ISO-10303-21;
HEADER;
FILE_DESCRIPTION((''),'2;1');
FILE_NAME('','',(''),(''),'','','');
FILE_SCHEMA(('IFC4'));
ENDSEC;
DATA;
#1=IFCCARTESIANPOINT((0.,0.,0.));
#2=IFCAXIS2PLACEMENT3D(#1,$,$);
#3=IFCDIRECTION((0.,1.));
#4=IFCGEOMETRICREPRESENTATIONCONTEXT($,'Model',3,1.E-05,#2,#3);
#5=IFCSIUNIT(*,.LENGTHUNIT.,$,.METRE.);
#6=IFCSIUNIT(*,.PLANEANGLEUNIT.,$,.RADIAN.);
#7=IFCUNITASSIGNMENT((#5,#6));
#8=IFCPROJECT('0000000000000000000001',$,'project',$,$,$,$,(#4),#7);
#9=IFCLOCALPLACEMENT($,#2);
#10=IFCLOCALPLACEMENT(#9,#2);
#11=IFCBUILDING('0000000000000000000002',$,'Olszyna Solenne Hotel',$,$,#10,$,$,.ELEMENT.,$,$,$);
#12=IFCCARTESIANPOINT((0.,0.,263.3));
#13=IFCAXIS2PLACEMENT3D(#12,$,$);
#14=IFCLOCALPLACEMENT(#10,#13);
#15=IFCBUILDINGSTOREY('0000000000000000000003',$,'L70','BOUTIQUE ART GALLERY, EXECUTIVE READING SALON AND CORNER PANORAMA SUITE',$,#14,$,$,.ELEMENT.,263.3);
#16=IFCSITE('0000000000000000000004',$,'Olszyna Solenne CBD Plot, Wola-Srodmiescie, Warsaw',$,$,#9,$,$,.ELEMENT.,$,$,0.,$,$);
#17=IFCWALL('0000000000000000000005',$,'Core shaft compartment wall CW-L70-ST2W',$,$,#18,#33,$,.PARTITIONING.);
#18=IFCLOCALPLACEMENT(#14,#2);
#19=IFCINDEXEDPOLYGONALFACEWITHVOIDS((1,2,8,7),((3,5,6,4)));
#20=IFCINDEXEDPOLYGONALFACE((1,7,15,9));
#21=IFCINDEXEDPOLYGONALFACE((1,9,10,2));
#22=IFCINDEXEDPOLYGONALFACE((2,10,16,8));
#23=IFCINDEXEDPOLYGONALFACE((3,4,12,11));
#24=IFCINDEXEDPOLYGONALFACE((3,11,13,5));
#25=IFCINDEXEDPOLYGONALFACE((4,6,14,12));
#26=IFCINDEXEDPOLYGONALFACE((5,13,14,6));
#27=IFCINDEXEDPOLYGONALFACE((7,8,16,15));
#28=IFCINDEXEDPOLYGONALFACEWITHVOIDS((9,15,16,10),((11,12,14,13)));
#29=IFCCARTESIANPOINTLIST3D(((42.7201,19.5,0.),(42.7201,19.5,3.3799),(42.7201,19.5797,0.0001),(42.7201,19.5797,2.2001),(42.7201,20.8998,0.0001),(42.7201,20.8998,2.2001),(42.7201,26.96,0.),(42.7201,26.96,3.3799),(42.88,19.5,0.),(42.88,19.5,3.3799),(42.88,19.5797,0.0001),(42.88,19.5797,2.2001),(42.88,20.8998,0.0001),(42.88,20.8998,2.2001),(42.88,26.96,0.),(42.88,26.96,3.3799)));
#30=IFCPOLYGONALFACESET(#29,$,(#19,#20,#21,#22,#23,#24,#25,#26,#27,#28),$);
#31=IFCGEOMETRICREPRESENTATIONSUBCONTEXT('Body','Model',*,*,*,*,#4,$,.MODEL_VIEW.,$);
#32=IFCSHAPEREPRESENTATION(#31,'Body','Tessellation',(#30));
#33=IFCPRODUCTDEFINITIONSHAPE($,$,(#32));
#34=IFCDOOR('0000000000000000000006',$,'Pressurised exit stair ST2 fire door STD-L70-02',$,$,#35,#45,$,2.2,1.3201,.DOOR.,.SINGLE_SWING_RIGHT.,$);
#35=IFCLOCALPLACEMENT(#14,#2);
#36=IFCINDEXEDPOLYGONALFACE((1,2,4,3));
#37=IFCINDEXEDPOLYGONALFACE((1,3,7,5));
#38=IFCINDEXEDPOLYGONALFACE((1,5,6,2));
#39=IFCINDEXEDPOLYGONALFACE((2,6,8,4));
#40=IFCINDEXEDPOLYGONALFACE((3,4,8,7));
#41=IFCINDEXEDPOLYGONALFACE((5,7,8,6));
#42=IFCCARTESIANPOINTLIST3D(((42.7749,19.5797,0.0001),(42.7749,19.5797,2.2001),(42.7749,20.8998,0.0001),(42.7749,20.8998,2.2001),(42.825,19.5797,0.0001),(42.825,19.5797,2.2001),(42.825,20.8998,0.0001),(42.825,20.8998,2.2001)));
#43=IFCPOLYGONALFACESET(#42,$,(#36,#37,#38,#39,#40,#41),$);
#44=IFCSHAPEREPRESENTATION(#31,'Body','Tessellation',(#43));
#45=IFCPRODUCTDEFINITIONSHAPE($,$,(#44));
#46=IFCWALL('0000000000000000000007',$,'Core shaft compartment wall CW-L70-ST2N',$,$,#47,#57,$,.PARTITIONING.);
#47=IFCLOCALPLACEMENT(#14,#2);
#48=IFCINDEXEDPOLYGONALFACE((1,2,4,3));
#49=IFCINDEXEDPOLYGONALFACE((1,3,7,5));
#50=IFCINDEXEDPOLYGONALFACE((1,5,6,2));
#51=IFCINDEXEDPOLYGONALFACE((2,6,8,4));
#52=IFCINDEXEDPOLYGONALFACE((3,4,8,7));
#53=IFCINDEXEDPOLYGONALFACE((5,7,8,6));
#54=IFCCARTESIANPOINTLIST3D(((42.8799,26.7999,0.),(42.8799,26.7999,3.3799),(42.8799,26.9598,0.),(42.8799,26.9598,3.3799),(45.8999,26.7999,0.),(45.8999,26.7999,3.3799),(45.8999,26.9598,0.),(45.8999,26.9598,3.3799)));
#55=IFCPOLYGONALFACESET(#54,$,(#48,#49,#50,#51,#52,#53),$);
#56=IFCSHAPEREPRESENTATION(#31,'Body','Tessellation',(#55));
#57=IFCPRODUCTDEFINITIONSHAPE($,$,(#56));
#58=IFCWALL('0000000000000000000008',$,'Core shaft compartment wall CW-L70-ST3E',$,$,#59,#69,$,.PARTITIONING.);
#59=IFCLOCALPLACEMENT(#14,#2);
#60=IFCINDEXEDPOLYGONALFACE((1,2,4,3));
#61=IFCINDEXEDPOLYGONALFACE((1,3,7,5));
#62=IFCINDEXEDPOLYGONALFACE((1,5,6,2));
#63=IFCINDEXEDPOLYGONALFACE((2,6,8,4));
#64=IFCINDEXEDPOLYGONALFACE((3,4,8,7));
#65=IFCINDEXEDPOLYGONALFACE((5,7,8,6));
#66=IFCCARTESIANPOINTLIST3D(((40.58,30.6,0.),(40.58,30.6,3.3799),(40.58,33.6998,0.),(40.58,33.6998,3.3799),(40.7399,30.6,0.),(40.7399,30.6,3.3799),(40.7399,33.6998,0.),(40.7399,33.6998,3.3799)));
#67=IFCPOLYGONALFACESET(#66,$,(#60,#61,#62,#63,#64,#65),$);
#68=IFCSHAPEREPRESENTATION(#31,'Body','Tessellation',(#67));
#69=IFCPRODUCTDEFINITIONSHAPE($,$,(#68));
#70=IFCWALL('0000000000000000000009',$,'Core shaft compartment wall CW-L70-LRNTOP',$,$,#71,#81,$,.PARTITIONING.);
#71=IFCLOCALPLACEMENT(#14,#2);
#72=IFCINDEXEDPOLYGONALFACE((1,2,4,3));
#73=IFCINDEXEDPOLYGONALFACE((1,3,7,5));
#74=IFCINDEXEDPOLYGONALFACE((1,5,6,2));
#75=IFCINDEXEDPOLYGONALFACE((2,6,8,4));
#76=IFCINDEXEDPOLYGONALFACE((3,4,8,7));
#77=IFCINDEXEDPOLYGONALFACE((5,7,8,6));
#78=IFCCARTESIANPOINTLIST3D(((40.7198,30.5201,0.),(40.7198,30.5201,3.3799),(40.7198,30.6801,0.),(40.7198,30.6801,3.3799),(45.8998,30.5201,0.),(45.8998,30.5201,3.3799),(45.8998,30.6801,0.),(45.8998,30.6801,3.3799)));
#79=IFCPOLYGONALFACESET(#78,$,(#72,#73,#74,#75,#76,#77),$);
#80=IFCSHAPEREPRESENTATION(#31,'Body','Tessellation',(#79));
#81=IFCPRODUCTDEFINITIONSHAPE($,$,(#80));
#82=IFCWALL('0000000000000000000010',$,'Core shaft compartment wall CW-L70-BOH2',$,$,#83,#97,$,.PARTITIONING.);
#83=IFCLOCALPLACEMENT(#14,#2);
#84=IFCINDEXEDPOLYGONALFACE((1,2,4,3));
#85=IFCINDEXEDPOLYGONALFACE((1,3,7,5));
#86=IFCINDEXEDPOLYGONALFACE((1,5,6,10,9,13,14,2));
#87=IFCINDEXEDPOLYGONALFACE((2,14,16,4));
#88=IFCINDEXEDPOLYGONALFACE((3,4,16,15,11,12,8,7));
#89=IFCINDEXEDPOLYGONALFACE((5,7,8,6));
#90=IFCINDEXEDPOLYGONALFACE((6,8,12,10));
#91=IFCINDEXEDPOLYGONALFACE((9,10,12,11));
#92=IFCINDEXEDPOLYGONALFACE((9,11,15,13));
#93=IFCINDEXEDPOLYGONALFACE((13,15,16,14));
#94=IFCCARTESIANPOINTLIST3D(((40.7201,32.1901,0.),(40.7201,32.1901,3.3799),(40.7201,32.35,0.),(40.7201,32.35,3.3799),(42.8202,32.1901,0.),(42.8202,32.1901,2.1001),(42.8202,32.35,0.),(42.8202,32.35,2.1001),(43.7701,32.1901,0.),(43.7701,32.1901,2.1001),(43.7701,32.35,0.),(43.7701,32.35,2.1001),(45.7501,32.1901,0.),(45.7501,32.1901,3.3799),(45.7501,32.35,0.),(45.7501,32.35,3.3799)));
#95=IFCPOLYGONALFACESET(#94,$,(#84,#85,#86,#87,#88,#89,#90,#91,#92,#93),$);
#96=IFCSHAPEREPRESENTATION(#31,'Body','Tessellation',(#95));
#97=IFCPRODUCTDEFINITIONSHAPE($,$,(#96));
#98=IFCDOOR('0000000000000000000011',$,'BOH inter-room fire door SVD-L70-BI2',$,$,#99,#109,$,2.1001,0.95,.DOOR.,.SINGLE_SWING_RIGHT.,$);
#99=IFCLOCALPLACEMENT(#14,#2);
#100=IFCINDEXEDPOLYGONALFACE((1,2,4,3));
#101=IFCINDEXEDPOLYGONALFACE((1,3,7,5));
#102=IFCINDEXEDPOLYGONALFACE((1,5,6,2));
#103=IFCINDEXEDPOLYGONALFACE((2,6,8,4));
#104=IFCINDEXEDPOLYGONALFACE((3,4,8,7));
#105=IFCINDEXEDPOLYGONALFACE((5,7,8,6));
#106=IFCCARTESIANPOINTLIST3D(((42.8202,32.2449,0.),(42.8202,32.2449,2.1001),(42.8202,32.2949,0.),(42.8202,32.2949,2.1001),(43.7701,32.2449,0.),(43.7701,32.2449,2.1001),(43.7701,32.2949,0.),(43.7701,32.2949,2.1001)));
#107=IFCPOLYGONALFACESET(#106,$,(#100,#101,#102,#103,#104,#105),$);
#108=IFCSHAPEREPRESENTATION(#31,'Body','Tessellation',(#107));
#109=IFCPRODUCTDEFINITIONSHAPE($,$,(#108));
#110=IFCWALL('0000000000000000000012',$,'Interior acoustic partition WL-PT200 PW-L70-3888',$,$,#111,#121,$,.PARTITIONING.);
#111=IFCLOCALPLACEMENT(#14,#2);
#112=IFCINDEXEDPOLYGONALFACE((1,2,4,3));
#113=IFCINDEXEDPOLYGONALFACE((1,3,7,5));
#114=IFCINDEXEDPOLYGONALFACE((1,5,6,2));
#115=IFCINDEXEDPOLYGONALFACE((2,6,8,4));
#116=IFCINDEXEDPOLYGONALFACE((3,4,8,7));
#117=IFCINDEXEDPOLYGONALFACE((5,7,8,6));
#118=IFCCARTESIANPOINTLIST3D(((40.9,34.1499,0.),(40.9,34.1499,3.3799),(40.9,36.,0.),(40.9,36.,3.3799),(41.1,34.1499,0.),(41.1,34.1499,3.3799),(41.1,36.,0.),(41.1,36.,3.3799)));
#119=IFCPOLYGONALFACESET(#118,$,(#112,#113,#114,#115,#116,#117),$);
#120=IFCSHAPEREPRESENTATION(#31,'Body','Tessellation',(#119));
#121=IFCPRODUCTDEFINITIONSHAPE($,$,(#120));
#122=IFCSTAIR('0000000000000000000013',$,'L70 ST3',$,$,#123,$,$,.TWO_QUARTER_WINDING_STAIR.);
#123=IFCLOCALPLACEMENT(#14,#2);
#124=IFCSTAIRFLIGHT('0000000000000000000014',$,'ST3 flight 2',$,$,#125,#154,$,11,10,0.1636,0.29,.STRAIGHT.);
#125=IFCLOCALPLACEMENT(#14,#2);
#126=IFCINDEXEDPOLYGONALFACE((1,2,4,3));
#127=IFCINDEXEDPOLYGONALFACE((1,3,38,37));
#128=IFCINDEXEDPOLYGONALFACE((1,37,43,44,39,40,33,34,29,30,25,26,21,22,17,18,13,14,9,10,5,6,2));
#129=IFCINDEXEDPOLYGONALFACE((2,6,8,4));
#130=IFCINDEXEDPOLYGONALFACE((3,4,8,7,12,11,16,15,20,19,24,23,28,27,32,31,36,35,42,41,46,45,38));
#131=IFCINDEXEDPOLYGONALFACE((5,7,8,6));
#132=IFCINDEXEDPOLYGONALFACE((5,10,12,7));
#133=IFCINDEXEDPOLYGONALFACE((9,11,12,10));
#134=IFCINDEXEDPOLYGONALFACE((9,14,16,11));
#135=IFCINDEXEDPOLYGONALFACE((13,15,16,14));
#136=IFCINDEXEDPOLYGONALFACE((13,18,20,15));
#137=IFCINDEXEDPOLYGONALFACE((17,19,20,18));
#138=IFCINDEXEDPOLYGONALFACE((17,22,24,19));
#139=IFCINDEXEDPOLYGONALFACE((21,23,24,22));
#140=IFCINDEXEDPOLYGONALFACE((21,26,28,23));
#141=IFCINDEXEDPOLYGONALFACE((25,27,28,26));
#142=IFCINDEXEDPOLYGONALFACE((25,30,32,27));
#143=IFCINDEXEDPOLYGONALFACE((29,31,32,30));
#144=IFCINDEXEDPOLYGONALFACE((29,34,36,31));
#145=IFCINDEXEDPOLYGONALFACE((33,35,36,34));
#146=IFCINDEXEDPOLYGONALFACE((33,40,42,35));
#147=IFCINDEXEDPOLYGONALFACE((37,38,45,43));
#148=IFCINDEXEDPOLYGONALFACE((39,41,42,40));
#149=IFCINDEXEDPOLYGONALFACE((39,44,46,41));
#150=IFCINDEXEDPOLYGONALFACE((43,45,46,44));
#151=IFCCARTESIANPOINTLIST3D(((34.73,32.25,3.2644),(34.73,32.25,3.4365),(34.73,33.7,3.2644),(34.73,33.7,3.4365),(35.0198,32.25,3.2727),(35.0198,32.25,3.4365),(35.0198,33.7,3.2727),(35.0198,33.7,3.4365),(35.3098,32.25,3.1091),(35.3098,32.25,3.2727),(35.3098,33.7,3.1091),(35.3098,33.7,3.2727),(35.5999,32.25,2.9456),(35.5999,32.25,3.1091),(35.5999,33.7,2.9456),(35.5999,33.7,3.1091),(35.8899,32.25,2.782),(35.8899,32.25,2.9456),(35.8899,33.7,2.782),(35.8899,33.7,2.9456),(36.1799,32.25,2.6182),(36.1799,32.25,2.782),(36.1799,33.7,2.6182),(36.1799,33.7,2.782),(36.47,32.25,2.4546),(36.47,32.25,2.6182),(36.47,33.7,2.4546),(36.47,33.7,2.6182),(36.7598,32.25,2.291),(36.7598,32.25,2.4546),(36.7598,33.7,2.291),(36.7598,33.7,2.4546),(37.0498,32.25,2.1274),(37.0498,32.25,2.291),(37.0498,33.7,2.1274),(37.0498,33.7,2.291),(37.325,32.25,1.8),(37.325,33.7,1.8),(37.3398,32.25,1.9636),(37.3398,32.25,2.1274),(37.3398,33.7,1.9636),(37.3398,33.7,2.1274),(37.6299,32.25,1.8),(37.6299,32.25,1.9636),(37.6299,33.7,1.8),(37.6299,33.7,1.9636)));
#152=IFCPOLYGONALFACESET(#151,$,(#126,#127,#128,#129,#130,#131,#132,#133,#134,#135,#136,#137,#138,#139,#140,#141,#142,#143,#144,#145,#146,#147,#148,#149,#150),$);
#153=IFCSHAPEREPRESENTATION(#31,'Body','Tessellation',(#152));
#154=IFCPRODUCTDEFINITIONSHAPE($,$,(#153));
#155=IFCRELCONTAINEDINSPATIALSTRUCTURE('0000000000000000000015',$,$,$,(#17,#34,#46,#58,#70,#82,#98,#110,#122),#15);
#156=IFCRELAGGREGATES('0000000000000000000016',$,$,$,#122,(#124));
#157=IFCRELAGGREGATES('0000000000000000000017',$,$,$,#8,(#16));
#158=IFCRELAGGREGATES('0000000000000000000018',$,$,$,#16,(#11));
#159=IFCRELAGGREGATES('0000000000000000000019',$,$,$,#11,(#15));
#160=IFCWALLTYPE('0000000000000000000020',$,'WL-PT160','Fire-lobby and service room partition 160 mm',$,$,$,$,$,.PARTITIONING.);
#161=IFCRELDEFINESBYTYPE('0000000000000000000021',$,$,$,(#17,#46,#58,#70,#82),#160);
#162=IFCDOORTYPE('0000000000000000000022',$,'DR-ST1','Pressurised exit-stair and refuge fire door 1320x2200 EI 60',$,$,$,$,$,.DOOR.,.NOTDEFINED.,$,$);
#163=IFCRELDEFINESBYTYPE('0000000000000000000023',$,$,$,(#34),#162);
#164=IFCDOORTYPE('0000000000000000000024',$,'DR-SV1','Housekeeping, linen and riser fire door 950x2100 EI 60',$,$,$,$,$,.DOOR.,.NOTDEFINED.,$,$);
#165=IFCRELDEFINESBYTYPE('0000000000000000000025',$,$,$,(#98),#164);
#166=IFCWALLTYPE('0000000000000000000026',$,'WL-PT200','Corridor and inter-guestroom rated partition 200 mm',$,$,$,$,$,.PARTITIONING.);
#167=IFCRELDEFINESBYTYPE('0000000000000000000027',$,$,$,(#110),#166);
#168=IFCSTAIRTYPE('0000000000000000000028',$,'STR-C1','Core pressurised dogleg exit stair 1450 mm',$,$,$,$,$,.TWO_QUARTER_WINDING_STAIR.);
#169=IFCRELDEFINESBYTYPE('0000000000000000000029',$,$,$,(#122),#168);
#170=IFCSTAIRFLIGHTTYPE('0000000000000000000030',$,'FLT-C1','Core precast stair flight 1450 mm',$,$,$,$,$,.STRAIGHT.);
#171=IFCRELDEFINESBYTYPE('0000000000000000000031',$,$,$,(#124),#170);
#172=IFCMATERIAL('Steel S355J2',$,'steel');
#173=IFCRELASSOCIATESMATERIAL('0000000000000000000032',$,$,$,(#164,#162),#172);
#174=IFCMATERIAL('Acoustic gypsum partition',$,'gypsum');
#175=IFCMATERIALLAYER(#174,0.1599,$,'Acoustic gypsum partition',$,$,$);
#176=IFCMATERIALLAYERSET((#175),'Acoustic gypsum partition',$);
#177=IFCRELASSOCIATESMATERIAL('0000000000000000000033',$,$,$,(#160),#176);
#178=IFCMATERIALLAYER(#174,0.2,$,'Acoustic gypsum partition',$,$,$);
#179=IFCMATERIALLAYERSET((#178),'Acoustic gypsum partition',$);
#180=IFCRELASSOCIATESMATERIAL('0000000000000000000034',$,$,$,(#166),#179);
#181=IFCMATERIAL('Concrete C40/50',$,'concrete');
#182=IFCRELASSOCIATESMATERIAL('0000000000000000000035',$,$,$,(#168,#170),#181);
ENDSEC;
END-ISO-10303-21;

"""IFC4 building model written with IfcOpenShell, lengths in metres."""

from ifc_helpers import new_model, si_unit, direction, frame, frame_2d, origin, place, context, subcontext, project, spatial, polyline, rectangle, outline, extrude, source, transform, mapped, material, layer, layer_set, type_object, type_shapes, element, fill, aggregate, save


model = new_model("IFC4")

# Units and contexts
model_context = context("Model", 3, precision=1e-05, world=origin(), true_north=direction((0.0, 1.0)))
body_context = subcontext(model_context, "Body", "Model", "MODEL_VIEW")
ifc_project = project(units=[si_unit("LENGTHUNIT", "METRE"), si_unit("PLANEANGLEUNIT", "RADIAN")], contexts=[model_context])

# Site, building, storey
site_placement = place(None, origin())
site = spatial("IfcSite", under=ifc_project, at=site_placement, Name="Olszyna Solenne CBD Plot, Wola-Srodmiescie, Warsaw", CompositionType="ELEMENT", RefElevation=0.0)
building_placement = place(site_placement, origin())
building = spatial("IfcBuilding", under=site, at=building_placement, Name="Olszyna Solenne Hotel", CompositionType="ELEMENT")
storey_placement = place(building_placement, frame((0.0, 0.0, 263.3)))
storey = spatial("IfcBuildingStorey", under=building, at=storey_placement, Name="L70", Description="BOUTIQUE ART GALLERY, EXECUTIVE READING SALON AND CORNER PANORAMA SUITE", CompositionType="ELEMENT", Elevation=263.3)

# Shared definitions
ifc_material_1 = material(Name="Steel S355J2", Category="steel")

# Shared definitions
door_type_1 = type_object("IfcDoorType", Name="DR-SV1", Description="Housekeeping, linen and riser fire door 950x2100 EI 60", OperationType="NOTDEFINED", PredefinedType="DOOR", material=ifc_material_1)
shared_shape_1 = source(origin(), body_context, "Body", "SweptSolid", [
    extrude(rectangle(XDim=0.95, YDim=2.1001, at=frame_2d((0.4751, 1.05))), frame((0.0, 0.0249, 0.0), z_axis=(0.0, -1.0, 0.0), x_axis=(1.0, 0.0, 0.0)), (0.0, 0.0, 1.0), 0.05),
])
type_shapes(door_type_1, [shared_shape_1])

# Shared definitions
ifc_material_2 = material(Name="Acoustic gypsum partition", Category="gypsum")

# Wall, opening, door
ifc_layer_1 = layer(ifc_material_2, 0.1599, Name="Acoustic gypsum partition")
ifc_layer_set_1 = layer_set([ifc_layer_1], Name="Acoustic gypsum partition")
wall_type_1 = type_object("IfcWallType", Name="WL-PT160", Description="Fire-lobby and service room partition 160 mm", PredefinedType="PARTITIONING", material=ifc_layer_set_1)
wall_1_placement = place(storey_placement, frame((42.8, 26.96, 0.0), z_axis=(0.0, 0.0, 1.0), x_axis=(0.0, -1.0, 0.0)))
wall_1 = element("IfcWall", 1, at=wall_1_placement, inside=storey, type_object=wall_type_1, Name="Core shaft compartment wall CW-L70-ST2W", PredefinedType="PARTITIONING", context=body_context, shape_type="SweptSolid", body=[
    extrude(rectangle(XDim=7.46, YDim=0.1599, at=frame_2d((3.73, 0.0))), origin(), (0.0, 0.0, 1.0), 3.3799),
])
opening_1_placement = place(wall_1_placement, frame((6.0601, 0.0, 0.0)))
opening_1 = element("IfcOpeningElement", 2, at=opening_1_placement, cuts=wall_1, PredefinedType="OPENING", context=body_context, shape_type="SweptSolid", body=[
    extrude(rectangle(XDim=1.3201, YDim=2.2, at=frame_2d((0.6602, 1.1001))), frame((0.0, 0.0898, 0.0), z_axis=(0.0, -1.0, 0.0), x_axis=(1.0, 0.0, 0.0)), (0.0, 0.0, 1.0), 0.1799),
])
door_type_2 = type_object("IfcDoorType", Name="DR-ST1", Description="Pressurised exit-stair and refuge fire door 1320x2200 EI 60", OperationType="NOTDEFINED", PredefinedType="DOOR", material=ifc_material_1)
shared_shape_2 = source(origin(), body_context, "Body", "SweptSolid", [
    extrude(rectangle(XDim=1.3201, YDim=2.2, at=frame_2d((0.6602, 1.1001))), frame((0.0, 0.0249, 0.0), z_axis=(0.0, -1.0, 0.0), x_axis=(1.0, 0.0, 0.0)), (0.0, 0.0, 1.0), 0.05),
])
type_shapes(door_type_2, [shared_shape_2])
door_1_placement = place(opening_1_placement, origin())
door_1 = element("IfcDoor", 3, at=door_1_placement, inside=storey, type_object=door_type_2, Name="Pressurised exit stair ST2 fire door STD-L70-02", OperationType="SINGLE_SWING_RIGHT", OverallHeight=2.2, OverallWidth=1.3201, PredefinedType="DOOR", context=body_context, shape_type="MappedRepresentation", body=[
    mapped(shared_shape_2, transform((0.0, 0.0, 0.0), x_axis=(1.0, 0.0, 0.0), y_axis=(0.0, 1.0, 0.0), z_axis=(0.0, 0.0, 1.0), scale=1.0)),
])
fill(opening_1, door_1)

# Walls
wall_2_placement = place(storey_placement, frame((42.8799, 26.8799, 0.0), z_axis=(0.0, 0.0, 1.0), x_axis=(1.0, 0.0, 0.0)))
element("IfcWall", 4, at=wall_2_placement, inside=storey, type_object=wall_type_1, Name="Core shaft compartment wall CW-L70-ST2N", PredefinedType="PARTITIONING", context=body_context, shape_type="SweptSolid", body=[
    extrude(rectangle(XDim=3.02, YDim=0.1599, at=frame_2d((1.51, 0.0))), origin(), (0.0, 0.0, 1.0), 3.3799),
])
wall_3_placement = place(storey_placement, frame((40.6599, 30.6001, 0.0), z_axis=(0.0, 0.0, 1.0), x_axis=(0.0, 1.0, 0.0)))
element("IfcWall", 5, at=wall_3_placement, inside=storey, type_object=wall_type_1, Name="Core shaft compartment wall CW-L70-ST3E", PredefinedType="PARTITIONING", context=body_context, shape_type="SweptSolid", body=[
    extrude(rectangle(XDim=3.0999, YDim=0.1599, at=frame_2d((1.5498, 0.0))), origin(), (0.0, 0.0, 1.0), 3.3799),
])
wall_4_placement = place(storey_placement, frame((40.72, 30.6001, 0.0), z_axis=(0.0, 0.0, 1.0), x_axis=(1.0, 0.0, 0.0)))
element("IfcWall", 6, at=wall_4_placement, inside=storey, type_object=wall_type_1, Name="Core shaft compartment wall CW-L70-LRNTOP", PredefinedType="PARTITIONING", context=body_context, shape_type="SweptSolid", body=[
    extrude(rectangle(XDim=5.1799, YDim=0.1599, at=frame_2d((2.5898, 0.0))), origin(), (0.0, 0.0, 1.0), 3.3799),
])

# Wall, opening, door
wall_5_placement = place(storey_placement, frame((40.72, 32.27, 0.0), z_axis=(0.0, 0.0, 1.0), x_axis=(1.0, 0.0, 0.0)))
wall_5 = element("IfcWall", 7, at=wall_5_placement, inside=storey, type_object=wall_type_1, Name="Core shaft compartment wall CW-L70-BOH2", PredefinedType="PARTITIONING", context=body_context, shape_type="SweptSolid", body=[
    extrude(rectangle(XDim=5.03, YDim=0.1599, at=frame_2d((2.5151, 0.0))), origin(), (0.0, 0.0, 1.0), 3.3799),
])
opening_2_placement = place(wall_5_placement, frame((2.1001, 0.0, 0.0)))
opening_2 = element("IfcOpeningElement", 8, at=opening_2_placement, cuts=wall_5, PredefinedType="OPENING", context=body_context, shape_type="SweptSolid", body=[
    extrude(rectangle(XDim=0.95, YDim=2.1001, at=frame_2d((0.4751, 1.05))), frame((0.0, 0.0898, 0.0), z_axis=(0.0, -1.0, 0.0), x_axis=(1.0, 0.0, 0.0)), (0.0, 0.0, 1.0), 0.1799),
])
door_2_placement = place(opening_2_placement, origin())
door_2 = element("IfcDoor", 9, at=door_2_placement, inside=storey, type_object=door_type_1, Name="BOH inter-room fire door SVD-L70-BI2", OperationType="SINGLE_SWING_RIGHT", OverallHeight=2.1001, OverallWidth=0.95, PredefinedType="DOOR", context=body_context, shape_type="MappedRepresentation", body=[
    mapped(shared_shape_1, transform((0.0, 0.0, 0.0), x_axis=(1.0, 0.0, 0.0), y_axis=(0.0, 1.0, 0.0), z_axis=(0.0, 0.0, 1.0), scale=1.0)),
])
fill(opening_2, door_2)

# Wall
ifc_layer_2 = layer(ifc_material_2, 0.2, Name="Acoustic gypsum partition")
ifc_layer_set_2 = layer_set([ifc_layer_2], Name="Acoustic gypsum partition")
wall_type_2 = type_object("IfcWallType", Name="WL-PT200", Description="Corridor and inter-guestroom rated partition 200 mm", PredefinedType="PARTITIONING", material=ifc_layer_set_2)
wall_6_placement = place(storey_placement, frame((41.0, 34.1499, 0.0), z_axis=(0.0, 0.0, 1.0), x_axis=(0.0, 1.0, 0.0)))
element("IfcWall", 10, at=wall_6_placement, inside=storey, type_object=wall_type_2, Name="Interior acoustic partition WL-PT200 PW-L70-3888", PredefinedType="PARTITIONING", context=body_context, shape_type="SweptSolid", body=[
    extrude(rectangle(XDim=1.8501, YDim=0.2, at=frame_2d((0.925, 0.0))), origin(), (0.0, 0.0, 1.0), 3.3799),
])

# Stair, stair flight
ifc_material_3 = material(Name="Concrete C40/50", Category="concrete")
stair_type = type_object("IfcStairType", Name="STR-C1", Description="Core pressurised dogleg exit stair 1450 mm", PredefinedType="TWO_QUARTER_WINDING_STAIR", material=ifc_material_3)
stair_placement = place(storey_placement, origin())
stair = element("IfcStair", 11, at=stair_placement, inside=storey, type_object=stair_type, Name="L70 ST3", PredefinedType="TWO_QUARTER_WINDING_STAIR")
stair_flight_type = type_object("IfcStairFlightType", Name="FLT-C1", Description="Core precast stair flight 1450 mm", PredefinedType="STRAIGHT", material=ifc_material_3)
stair_flight_placement = place(storey_placement, frame((37.6299, 32.9751, 1.8), z_axis=(0.0, 0.0, 1.0), x_axis=(-1.0, 0.0, 0.0)))
stair_flight = element("IfcStairFlight", 12, at=stair_flight_placement, type_object=stair_flight_type, Name="ST3 flight 2", NumberOfRisers=11, NumberOfTreads=10, PredefinedType="STRAIGHT", RiserHeight=0.1636, TreadLength=0.29, context=body_context, shape_type="SweptSolid", body=[
    extrude(outline(polyline([(0.0, 0.0), (0.0, 0.1636), (0.29, 0.1636), (0.29, 0.3274), (0.5801, 0.3274), (0.5801, 0.491), (0.8701, 0.491), (0.8701, 0.6545), (1.1599, 0.6545), (1.1599, 0.8181), (1.45, 0.8181), (1.45, 0.9819), (1.74, 0.9819), (1.74, 1.1455), (2.03, 1.1455), (2.03, 1.3091), (2.3201, 1.3091), (2.3201, 1.4727), (2.6101, 1.4727), (2.6101, 1.6365), (2.8999, 1.6365), (2.8999, 1.8), (2.8999, 1.4644), (0.3049, 0.0), (0.0, 0.0)])), frame((0.0, 0.7251, 0.0), z_axis=(0.0, -1.0, 0.0), x_axis=(1.0, 0.0, 0.0)), (0.0, 0.0, 1.0), 1.45),
])
aggregate(stair, [stair_flight])

save(model, "model.ifc")
